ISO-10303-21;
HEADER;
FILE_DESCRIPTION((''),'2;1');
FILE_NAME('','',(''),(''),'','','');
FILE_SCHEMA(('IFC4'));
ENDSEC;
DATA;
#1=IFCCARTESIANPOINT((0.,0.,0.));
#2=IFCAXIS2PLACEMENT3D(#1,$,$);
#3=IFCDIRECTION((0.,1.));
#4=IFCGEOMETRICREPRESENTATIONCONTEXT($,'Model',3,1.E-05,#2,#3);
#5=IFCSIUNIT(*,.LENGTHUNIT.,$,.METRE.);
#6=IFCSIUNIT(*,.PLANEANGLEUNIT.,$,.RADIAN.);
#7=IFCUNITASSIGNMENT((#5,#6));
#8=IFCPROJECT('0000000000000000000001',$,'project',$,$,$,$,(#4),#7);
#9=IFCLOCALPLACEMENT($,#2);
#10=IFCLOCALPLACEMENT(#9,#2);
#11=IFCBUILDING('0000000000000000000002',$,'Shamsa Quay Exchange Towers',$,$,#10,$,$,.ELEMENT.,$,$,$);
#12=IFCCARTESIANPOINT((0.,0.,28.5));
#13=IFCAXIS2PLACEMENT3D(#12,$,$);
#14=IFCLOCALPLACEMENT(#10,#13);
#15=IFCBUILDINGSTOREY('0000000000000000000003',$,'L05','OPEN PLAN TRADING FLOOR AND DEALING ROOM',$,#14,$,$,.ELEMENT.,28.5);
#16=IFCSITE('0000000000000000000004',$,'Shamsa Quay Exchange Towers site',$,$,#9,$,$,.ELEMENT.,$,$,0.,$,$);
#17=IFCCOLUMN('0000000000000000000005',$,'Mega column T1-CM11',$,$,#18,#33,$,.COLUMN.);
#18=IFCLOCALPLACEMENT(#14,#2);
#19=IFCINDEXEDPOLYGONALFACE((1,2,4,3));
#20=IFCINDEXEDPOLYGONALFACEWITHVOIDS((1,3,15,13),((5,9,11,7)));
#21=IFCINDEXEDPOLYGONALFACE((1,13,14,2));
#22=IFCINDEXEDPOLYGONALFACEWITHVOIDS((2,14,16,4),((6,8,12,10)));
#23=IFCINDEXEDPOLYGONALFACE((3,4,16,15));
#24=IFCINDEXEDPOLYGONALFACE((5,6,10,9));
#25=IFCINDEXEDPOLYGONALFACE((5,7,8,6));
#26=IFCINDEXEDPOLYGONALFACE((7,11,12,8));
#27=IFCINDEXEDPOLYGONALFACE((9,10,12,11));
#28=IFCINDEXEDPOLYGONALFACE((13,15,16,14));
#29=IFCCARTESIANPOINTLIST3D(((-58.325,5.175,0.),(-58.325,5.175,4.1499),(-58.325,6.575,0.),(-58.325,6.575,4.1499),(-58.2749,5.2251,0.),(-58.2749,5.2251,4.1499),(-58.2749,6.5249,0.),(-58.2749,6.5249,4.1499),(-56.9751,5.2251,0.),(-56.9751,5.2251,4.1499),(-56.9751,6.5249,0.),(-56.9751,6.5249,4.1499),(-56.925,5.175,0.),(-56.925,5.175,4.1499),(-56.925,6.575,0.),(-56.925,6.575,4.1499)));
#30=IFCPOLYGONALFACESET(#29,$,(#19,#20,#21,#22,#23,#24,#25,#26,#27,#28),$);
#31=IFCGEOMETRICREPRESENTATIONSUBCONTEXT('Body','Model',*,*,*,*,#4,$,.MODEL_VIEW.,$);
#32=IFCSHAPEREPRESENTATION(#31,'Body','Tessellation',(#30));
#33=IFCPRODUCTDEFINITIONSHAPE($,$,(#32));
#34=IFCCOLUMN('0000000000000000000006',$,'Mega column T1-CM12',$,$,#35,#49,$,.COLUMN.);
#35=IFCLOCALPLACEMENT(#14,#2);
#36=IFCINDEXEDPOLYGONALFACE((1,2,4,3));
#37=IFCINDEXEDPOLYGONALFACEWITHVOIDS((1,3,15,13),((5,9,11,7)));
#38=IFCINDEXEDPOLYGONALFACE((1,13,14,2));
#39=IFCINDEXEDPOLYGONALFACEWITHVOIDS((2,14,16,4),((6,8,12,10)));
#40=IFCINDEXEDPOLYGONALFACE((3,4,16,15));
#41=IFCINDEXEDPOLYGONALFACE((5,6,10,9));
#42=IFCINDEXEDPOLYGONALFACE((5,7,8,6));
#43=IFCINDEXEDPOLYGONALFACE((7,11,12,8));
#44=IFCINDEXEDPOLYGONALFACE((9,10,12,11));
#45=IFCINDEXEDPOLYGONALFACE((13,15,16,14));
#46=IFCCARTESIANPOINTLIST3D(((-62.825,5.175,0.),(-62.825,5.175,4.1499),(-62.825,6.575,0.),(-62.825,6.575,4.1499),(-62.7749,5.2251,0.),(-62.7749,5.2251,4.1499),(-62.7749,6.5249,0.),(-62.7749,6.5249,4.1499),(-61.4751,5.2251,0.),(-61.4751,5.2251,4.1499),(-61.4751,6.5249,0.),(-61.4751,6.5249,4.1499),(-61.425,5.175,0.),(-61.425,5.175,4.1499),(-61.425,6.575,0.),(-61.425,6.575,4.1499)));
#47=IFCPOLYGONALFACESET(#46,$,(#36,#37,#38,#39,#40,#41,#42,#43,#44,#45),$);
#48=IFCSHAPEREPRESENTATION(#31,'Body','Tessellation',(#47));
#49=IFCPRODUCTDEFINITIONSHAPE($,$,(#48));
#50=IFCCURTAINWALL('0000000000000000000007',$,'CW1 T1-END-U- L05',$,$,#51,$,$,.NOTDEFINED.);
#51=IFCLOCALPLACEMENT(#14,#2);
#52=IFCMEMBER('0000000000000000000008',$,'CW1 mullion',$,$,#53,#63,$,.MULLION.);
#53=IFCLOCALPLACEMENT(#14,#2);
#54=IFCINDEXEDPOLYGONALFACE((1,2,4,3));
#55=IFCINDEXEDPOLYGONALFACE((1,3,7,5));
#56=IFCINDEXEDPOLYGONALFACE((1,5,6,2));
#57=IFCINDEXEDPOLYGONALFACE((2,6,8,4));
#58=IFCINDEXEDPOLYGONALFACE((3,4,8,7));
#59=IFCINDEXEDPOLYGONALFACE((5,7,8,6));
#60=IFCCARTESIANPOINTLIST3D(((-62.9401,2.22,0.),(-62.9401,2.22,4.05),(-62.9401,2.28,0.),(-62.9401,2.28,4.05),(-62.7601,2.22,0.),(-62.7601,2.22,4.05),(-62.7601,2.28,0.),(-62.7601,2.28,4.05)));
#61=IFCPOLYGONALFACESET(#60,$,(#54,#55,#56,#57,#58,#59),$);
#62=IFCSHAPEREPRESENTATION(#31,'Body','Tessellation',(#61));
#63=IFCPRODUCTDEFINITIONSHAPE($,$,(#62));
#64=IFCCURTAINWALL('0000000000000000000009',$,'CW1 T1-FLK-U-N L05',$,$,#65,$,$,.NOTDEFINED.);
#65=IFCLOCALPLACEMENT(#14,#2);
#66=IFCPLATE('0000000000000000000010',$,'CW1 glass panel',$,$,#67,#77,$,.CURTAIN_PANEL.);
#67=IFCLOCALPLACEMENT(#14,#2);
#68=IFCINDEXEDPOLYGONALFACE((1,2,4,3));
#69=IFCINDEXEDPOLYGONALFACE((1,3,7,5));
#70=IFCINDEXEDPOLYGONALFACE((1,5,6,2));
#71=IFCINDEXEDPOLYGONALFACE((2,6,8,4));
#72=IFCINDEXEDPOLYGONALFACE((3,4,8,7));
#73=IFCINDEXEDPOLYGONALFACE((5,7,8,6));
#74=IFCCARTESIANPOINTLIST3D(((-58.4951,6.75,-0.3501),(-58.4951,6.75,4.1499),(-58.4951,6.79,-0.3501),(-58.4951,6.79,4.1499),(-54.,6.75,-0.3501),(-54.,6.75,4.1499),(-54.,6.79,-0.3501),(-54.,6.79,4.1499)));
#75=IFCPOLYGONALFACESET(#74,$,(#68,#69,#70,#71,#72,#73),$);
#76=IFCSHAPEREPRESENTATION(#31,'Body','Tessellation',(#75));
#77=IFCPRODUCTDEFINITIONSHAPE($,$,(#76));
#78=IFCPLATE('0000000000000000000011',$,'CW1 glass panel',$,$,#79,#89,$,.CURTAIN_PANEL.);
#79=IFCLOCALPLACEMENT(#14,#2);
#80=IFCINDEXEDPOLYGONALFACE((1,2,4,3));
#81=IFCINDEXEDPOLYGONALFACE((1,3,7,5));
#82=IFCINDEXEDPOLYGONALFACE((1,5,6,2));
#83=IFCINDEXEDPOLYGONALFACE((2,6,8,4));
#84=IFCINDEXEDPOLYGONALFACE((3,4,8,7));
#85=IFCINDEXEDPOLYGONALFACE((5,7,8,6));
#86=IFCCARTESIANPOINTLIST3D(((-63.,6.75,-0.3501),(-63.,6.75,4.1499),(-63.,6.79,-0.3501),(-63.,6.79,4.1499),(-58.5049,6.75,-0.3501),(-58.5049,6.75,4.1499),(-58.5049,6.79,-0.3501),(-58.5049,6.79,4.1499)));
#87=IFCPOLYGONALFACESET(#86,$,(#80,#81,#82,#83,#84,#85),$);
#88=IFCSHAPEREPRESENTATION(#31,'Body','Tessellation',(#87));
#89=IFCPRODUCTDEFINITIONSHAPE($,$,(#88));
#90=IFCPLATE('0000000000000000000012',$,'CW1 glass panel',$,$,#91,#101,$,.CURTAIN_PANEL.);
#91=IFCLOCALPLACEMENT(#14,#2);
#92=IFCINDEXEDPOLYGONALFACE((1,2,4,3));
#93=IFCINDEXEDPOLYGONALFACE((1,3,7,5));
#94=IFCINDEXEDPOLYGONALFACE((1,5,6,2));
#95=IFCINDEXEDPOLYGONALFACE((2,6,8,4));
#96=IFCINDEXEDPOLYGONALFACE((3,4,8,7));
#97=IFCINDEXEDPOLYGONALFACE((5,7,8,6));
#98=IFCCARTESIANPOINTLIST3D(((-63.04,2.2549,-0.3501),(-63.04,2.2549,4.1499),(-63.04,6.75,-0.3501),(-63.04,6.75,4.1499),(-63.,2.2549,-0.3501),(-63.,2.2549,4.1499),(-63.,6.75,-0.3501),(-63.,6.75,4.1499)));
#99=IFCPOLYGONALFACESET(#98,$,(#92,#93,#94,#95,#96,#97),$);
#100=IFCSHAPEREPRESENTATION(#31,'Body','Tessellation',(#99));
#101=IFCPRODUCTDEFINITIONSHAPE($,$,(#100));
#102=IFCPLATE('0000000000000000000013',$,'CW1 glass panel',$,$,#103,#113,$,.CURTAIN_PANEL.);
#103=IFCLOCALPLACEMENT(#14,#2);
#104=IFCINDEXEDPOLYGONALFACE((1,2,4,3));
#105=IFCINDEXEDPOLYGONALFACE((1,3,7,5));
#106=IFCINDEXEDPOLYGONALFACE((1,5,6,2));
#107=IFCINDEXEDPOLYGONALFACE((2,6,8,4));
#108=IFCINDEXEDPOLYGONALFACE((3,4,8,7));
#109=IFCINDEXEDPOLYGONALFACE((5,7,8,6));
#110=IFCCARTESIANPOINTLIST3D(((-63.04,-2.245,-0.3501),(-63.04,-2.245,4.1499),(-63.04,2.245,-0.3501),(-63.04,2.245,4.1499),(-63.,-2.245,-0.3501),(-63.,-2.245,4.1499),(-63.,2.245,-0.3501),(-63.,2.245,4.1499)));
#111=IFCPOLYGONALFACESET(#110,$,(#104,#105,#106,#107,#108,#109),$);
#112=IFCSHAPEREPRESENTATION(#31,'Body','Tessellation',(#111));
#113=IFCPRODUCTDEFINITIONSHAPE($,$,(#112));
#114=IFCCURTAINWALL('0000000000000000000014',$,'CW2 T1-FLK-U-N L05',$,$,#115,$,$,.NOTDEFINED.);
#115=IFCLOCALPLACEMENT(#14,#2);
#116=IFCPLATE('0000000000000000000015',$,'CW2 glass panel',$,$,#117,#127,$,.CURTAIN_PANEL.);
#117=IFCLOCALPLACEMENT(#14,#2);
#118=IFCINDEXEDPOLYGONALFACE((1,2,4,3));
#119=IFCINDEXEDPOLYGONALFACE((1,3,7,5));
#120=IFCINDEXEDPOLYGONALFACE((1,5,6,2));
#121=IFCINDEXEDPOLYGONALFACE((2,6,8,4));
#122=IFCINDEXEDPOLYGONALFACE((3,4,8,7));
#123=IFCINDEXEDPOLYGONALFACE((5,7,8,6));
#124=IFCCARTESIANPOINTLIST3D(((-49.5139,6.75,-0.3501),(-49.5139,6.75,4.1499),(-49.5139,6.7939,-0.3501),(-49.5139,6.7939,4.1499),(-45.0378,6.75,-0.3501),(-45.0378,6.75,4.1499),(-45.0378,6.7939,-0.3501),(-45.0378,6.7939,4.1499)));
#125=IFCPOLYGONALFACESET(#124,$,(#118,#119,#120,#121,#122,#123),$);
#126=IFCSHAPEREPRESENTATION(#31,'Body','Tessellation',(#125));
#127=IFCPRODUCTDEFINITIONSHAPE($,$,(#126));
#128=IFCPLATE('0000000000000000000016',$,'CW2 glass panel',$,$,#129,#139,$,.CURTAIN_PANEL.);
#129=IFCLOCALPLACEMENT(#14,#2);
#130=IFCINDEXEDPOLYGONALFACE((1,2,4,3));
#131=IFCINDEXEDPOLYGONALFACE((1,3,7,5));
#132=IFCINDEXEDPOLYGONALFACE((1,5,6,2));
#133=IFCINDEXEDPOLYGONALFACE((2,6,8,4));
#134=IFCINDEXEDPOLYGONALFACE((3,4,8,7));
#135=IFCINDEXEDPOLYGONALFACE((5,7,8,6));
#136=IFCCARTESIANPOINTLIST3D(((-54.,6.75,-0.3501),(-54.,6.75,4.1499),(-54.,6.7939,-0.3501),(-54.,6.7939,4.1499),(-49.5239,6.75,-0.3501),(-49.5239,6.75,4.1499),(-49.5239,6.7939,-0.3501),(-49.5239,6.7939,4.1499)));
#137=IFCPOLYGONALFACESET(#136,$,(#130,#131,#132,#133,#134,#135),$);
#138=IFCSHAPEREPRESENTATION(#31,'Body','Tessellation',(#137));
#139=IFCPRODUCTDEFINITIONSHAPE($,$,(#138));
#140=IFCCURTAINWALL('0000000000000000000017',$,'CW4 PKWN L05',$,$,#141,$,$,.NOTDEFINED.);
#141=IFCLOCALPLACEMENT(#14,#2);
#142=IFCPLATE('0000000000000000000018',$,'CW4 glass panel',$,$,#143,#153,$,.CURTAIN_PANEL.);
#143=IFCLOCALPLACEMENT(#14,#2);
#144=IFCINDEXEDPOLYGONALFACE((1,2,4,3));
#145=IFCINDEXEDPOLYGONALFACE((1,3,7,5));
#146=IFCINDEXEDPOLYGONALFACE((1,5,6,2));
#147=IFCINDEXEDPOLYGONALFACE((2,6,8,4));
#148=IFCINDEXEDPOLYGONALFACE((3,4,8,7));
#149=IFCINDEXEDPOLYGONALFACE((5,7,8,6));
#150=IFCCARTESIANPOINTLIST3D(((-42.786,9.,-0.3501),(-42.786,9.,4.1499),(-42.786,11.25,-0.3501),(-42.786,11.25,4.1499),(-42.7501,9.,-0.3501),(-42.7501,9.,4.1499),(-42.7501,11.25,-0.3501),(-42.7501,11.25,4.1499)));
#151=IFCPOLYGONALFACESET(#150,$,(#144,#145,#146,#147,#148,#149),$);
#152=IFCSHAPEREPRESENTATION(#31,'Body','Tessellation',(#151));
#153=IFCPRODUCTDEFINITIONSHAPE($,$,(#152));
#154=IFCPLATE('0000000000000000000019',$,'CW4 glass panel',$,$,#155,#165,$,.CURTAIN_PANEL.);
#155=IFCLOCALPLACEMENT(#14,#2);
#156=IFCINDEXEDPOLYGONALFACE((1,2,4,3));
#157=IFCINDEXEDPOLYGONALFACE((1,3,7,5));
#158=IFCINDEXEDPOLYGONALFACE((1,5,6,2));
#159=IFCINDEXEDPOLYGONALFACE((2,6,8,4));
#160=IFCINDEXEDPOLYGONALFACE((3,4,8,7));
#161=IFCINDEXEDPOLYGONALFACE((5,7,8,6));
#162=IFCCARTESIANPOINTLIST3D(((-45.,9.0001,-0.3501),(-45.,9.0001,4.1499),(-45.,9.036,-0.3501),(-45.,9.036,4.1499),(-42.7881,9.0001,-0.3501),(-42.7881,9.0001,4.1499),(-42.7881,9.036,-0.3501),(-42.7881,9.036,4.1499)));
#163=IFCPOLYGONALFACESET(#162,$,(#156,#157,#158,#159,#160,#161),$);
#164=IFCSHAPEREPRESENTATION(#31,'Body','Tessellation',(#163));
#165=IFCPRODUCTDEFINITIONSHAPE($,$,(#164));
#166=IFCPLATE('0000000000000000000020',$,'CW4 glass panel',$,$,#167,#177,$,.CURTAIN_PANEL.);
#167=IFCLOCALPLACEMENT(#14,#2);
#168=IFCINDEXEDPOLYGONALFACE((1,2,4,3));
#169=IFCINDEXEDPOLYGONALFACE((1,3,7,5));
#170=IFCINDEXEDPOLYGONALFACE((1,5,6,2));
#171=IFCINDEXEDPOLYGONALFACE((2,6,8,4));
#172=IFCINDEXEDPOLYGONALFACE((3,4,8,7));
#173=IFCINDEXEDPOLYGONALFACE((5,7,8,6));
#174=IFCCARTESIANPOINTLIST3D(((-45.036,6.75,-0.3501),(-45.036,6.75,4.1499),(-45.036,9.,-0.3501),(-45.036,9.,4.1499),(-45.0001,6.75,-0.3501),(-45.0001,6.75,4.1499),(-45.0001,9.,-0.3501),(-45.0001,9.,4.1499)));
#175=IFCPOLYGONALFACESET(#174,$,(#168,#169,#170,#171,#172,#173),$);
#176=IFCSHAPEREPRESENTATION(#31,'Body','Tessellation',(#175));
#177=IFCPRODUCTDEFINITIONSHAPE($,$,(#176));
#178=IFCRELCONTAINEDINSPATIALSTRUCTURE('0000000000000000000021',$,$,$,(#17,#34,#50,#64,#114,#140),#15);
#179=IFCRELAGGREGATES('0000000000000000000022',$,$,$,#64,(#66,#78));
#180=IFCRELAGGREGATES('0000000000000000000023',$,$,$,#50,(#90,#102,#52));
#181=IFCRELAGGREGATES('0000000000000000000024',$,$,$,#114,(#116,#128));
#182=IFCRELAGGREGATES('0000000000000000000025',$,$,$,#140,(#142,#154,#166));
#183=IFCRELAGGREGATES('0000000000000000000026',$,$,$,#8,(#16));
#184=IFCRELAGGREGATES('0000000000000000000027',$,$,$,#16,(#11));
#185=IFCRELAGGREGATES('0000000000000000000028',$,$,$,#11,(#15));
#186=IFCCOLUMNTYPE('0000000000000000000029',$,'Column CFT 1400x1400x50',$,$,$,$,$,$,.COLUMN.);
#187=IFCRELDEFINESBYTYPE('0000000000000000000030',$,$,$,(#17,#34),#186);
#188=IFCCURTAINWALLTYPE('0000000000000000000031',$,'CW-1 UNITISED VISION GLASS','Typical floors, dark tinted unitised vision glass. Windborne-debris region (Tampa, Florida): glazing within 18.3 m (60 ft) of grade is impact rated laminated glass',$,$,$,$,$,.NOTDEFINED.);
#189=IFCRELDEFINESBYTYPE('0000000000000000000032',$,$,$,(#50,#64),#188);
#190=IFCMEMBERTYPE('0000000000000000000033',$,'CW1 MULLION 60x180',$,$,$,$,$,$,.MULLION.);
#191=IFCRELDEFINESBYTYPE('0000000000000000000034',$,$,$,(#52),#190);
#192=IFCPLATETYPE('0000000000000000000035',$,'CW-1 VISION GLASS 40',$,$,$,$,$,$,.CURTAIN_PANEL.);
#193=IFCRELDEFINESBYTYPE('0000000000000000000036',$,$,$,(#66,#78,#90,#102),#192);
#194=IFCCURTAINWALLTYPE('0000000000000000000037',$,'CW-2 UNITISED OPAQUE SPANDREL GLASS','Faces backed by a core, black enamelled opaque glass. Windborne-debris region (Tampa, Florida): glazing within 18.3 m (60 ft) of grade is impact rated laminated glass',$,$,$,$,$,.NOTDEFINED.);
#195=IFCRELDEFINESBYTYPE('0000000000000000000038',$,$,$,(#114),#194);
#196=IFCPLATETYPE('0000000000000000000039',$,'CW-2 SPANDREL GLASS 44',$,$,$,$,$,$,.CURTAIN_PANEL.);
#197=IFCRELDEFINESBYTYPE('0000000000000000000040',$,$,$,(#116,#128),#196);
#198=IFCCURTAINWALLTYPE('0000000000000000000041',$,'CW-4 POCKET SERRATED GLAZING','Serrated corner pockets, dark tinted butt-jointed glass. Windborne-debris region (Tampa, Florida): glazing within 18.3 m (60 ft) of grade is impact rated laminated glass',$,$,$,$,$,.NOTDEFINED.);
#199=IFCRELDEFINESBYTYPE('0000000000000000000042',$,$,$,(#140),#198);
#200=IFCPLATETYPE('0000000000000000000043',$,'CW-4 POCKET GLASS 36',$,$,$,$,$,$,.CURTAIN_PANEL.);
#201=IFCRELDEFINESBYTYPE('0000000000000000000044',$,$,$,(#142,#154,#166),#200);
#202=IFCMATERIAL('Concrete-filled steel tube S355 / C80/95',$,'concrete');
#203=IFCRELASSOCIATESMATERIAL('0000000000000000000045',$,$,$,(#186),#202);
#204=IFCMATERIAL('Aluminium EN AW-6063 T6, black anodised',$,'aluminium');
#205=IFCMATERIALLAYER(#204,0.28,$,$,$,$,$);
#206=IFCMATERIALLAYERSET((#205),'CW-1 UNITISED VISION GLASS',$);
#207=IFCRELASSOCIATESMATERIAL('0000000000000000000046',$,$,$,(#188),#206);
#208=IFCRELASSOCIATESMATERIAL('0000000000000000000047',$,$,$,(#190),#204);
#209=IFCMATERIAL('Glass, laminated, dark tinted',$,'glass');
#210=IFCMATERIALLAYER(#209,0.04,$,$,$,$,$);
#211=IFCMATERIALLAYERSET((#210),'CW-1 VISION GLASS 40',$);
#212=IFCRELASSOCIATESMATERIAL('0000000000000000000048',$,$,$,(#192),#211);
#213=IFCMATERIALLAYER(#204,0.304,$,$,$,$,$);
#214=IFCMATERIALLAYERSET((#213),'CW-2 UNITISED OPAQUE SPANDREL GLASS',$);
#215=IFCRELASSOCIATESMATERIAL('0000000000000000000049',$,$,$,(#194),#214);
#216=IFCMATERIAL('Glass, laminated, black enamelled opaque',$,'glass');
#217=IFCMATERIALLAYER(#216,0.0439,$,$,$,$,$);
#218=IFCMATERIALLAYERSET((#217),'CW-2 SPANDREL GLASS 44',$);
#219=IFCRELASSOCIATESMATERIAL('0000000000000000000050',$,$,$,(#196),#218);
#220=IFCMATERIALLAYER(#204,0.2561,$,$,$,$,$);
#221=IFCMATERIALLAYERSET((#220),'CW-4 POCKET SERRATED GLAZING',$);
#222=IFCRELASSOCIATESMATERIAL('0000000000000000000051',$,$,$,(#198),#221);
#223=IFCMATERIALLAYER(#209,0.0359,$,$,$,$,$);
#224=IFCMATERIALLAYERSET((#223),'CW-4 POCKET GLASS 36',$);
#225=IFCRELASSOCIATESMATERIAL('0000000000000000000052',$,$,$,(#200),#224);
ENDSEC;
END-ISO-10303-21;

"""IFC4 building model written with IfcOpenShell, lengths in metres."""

from ifc_helpers import new_model, si_unit, direction, frame, origin, origin_2d, place, context, subcontext, project, spatial, rectangle, hollow_rectangle, extrude, material, layer, layer_set, material_profile, profile_set, type_object, element, aggregate, save


model = new_model("IFC4")

# Units and contexts
model_context = context("Model", 3, precision=1e-05, world=origin(), true_north=direction((0.0, 1.0)))
body_context = subcontext(model_context, "Body", "Model", "MODEL_VIEW")
ifc_project = project(units=[si_unit("LENGTHUNIT", "METRE"), si_unit("PLANEANGLEUNIT", "RADIAN")], contexts=[model_context])

# Site, building, storey
site_placement = place(None, origin())
site = spatial("IfcSite", under=ifc_project, at=site_placement, Name="Shamsa Quay Exchange Towers site", CompositionType="ELEMENT", RefElevation=0.0)
building_placement = place(site_placement, origin())
building = spatial("IfcBuilding", under=site, at=building_placement, Name="Shamsa Quay Exchange Towers", CompositionType="ELEMENT")
storey_placement = place(building_placement, frame((0.0, 0.0, 28.5)))
storey = spatial("IfcBuildingStorey", under=building, at=storey_placement, Name="L05", Description="OPEN PLAN TRADING FLOOR AND DEALING ROOM", CompositionType="ELEMENT", Elevation=28.5)

# Columns
ifc_material_1 = material(Name="Concrete-filled steel tube S355 / C80/95", Category="concrete")
ifc_material_profile_1 = material_profile(ifc_material_1, hollow_rectangle(XDim=1.3999, YDim=1.3999, WallThickness=0.05, at=origin_2d()), Name="CFT 1400x1400x50")
ifc_profile_set_1 = profile_set([ifc_material_profile_1], Name="Concrete-filled steel tube S355 / C80/95")
column_type = type_object("IfcColumnType", Name="Column CFT 1400x1400x50", PredefinedType="COLUMN", material=ifc_profile_set_1)
for number, where, name in (
    (1, (-57.625, 5.875, 0.0), "Mega column T1-CM11"),
    (2, (-62.125, 5.875, 0.0), "Mega column T1-CM12"),
):
    element("IfcColumn", number, at=place(storey_placement, frame(where)), inside=storey, type_object=column_type, Name=name, PredefinedType="COLUMN", context=body_context, shape_type="SweptSolid", body=[
        extrude(hollow_rectangle(XDim=1.3999, YDim=1.3999, WallThickness=0.05, at=origin_2d()), origin(), (0.0, 0.0, 1.0), 4.1499),
    ])

# Curtain wall, member
ifc_material_2 = material(Name="Aluminium EN AW-6063 T6, black anodised", Category="aluminium")
ifc_layer_1 = layer(ifc_material_2, 0.28)
ifc_layer_set_1 = layer_set([ifc_layer_1], Name="CW-1 UNITISED VISION GLASS")
curtain_wall_type_1 = type_object("IfcCurtainWallType", Name="CW-1 UNITISED VISION GLASS", Description="Typical floors, dark tinted unitised vision glass. Windborne-debris region (Tampa, Florida): glazing within 18.3 m (60 ft) of grade is impact rated laminated glass", PredefinedType="NOTDEFINED", material=ifc_layer_set_1)
curtain_wall_1_placement = place(storey_placement, origin())
curtain_wall_1 = element("IfcCurtainWall", 3, at=curtain_wall_1_placement, inside=storey, type_object=curtain_wall_type_1, Name="CW1 T1-END-U- L05", PredefinedType="NOTDEFINED")
ifc_material_profile_2 = material_profile(ifc_material_2, rectangle(XDim=0.1799, YDim=0.0601, at=origin_2d()), Name="MU60x180")
ifc_profile_set_2 = profile_set([ifc_material_profile_2], Name="Aluminium EN AW-6063 T6, black anodised")
member_type = type_object("IfcMemberType", Name="CW1 MULLION 60x180", PredefinedType="MULLION", material=ifc_profile_set_2)
member_placement = place(storey_placement, frame((-62.8501, 2.25, 0.0)))
member = element("IfcMember", 4, at=member_placement, type_object=member_type, Name="CW1 mullion", PredefinedType="MULLION", context=body_context, shape_type="SweptSolid", body=[
    extrude(rectangle(XDim=0.1799, YDim=0.0601, at=origin_2d()), origin(), (0.0, 0.0, 1.0), 4.05),
])

# Curtain wall, plates
curtain_wall_2_placement = place(storey_placement, origin())
curtain_wall_2 = element("IfcCurtainWall", 5, at=curtain_wall_2_placement, inside=storey, type_object=curtain_wall_type_1, Name="CW1 T1-FLK-U-N L05", PredefinedType="NOTDEFINED")
ifc_material_3 = material(Name="Glass, laminated, dark tinted", Category="glass")
ifc_layer_2 = layer(ifc_material_3, 0.04)
ifc_layer_set_2 = layer_set([ifc_layer_2], Name="CW-1 VISION GLASS 40")
plate_type_1 = type_object("IfcPlateType", Name="CW-1 VISION GLASS 40", PredefinedType="CURTAIN_PANEL", material=ifc_layer_set_2)
plate_1_placement = place(storey_placement, frame((-56.2476, 6.77, -0.3501), z_axis=(0.0, 0.0, 1.0), x_axis=(-1.0, 0.0, 0.0)))
plate_1 = element("IfcPlate", 6, at=plate_1_placement, type_object=plate_type_1, Name="CW1 glass panel", PredefinedType="CURTAIN_PANEL", context=body_context, shape_type="SweptSolid", body=[
    extrude(rectangle(XDim=4.4951, YDim=0.04, at=origin_2d()), origin(), (0.0, 0.0, 1.0), 4.5),
])
plate_2_placement = place(storey_placement, frame((-60.7524, 6.77, -0.3501), z_axis=(0.0, 0.0, 1.0), x_axis=(-1.0, 0.0, 0.0)))
plate_2 = element("IfcPlate", 7, at=plate_2_placement, type_object=plate_type_1, Name="CW1 glass panel", PredefinedType="CURTAIN_PANEL", context=body_context, shape_type="SweptSolid", body=[
    extrude(rectangle(XDim=4.4951, YDim=0.04, at=origin_2d()), origin(), (0.0, 0.0, 1.0), 4.5),
])
aggregate(curtain_wall_2, [plate_1, plate_2])

# Plates
plate_3_placement = place(storey_placement, frame((-63.02, 4.5024, -0.3501), z_axis=(0.0, 0.0, 1.0), x_axis=(0.0, -1.0, 0.0)))
plate_3 = element("IfcPlate", 8, at=plate_3_placement, type_object=plate_type_1, Name="CW1 glass panel", PredefinedType="CURTAIN_PANEL", context=body_context, shape_type="SweptSolid", body=[
    extrude(rectangle(XDim=4.4951, YDim=0.04, at=origin_2d()), origin(), (0.0, 0.0, 1.0), 4.5),
])
plate_4_placement = place(storey_placement, frame((-63.02, 0.0, -0.3501), z_axis=(0.0, 0.0, 1.0), x_axis=(0.0, -1.0, 0.0)))
plate_4 = element("IfcPlate", 9, at=plate_4_placement, type_object=plate_type_1, Name="CW1 glass panel", PredefinedType="CURTAIN_PANEL", context=body_context, shape_type="SweptSolid", body=[
    extrude(rectangle(XDim=4.49, YDim=0.04, at=origin_2d()), origin(), (0.0, 0.0, 1.0), 4.5),
])
aggregate(curtain_wall_1, [plate_3, plate_4, member])

# Curtain walls, plates
ifc_layer_3 = layer(ifc_material_2, 0.304)
ifc_layer_set_3 = layer_set([ifc_layer_3], Name="CW-2 UNITISED OPAQUE SPANDREL GLASS")
curtain_wall_type_2 = type_object("IfcCurtainWallType", Name="CW-2 UNITISED OPAQUE SPANDREL GLASS", Description="Faces backed by a core, black enamelled opaque glass. Windborne-debris region (Tampa, Florida): glazing within 18.3 m (60 ft) of grade is impact rated laminated glass", PredefinedType="NOTDEFINED", material=ifc_layer_set_3)
curtain_wall_3_placement = place(storey_placement, origin())
curtain_wall_3 = element("IfcCurtainWall", 10, at=curtain_wall_3_placement, inside=storey, type_object=curtain_wall_type_2, Name="CW2 T1-FLK-U-N L05", PredefinedType="NOTDEFINED")
ifc_material_4 = material(Name="Glass, laminated, black enamelled opaque", Category="glass")
ifc_layer_4 = layer(ifc_material_4, 0.0439)
ifc_layer_set_4 = layer_set([ifc_layer_4], Name="CW-2 SPANDREL GLASS 44")
plate_type_2 = type_object("IfcPlateType", Name="CW-2 SPANDREL GLASS 44", PredefinedType="CURTAIN_PANEL", material=ifc_layer_set_4)
plate_5_placement = place(storey_placement, frame((-47.2759, 6.772, -0.3501), z_axis=(0.0, 0.0, 1.0), x_axis=(-1.0, 0.0, 0.0)))
plate_5 = element("IfcPlate", 11, at=plate_5_placement, type_object=plate_type_2, Name="CW2 glass panel", PredefinedType="CURTAIN_PANEL", context=body_context, shape_type="SweptSolid", body=[
    extrude(rectangle(XDim=4.4761, YDim=0.0439, at=origin_2d()), origin(), (0.0, 0.0, 1.0), 4.5),
])
plate_6_placement = place(storey_placement, frame((-51.762, 6.772, -0.3501), z_axis=(0.0, 0.0, 1.0), x_axis=(-1.0, 0.0, 0.0)))
plate_6 = element("IfcPlate", 12, at=plate_6_placement, type_object=plate_type_2, Name="CW2 glass panel", PredefinedType="CURTAIN_PANEL", context=body_context, shape_type="SweptSolid", body=[
    extrude(rectangle(XDim=4.4761, YDim=0.0439, at=origin_2d()), origin(), (0.0, 0.0, 1.0), 4.5),
])
aggregate(curtain_wall_3, [plate_5, plate_6])
ifc_layer_5 = layer(ifc_material_2, 0.2561)
ifc_layer_set_5 = layer_set([ifc_layer_5], Name="CW-4 POCKET SERRATED GLAZING")
curtain_wall_type_3 = type_object("IfcCurtainWallType", Name="CW-4 POCKET SERRATED GLAZING", Description="Serrated corner pockets, dark tinted butt-jointed glass. Windborne-debris region (Tampa, Florida): glazing within 18.3 m (60 ft) of grade is impact rated laminated glass", PredefinedType="NOTDEFINED", material=ifc_layer_set_5)
curtain_wall_4_placement = place(storey_placement, origin())
curtain_wall_4 = element("IfcCurtainWall", 13, at=curtain_wall_4_placement, inside=storey, type_object=curtain_wall_type_3, Name="CW4 PKWN L05", PredefinedType="NOTDEFINED")
ifc_layer_6 = layer(ifc_material_3, 0.0359)
ifc_layer_set_6 = layer_set([ifc_layer_6], Name="CW-4 POCKET GLASS 36")
plate_type_3 = type_object("IfcPlateType", Name="CW-4 POCKET GLASS 36", PredefinedType="CURTAIN_PANEL", material=ifc_layer_set_6)
plate_7_placement = place(storey_placement, frame((-42.7681, 10.125, -0.3501), z_axis=(0.0, 0.0, 1.0), x_axis=(0.0, -1.0, 0.0)))
plate_7 = element("IfcPlate", 14, at=plate_7_placement, type_object=plate_type_3, Name="CW4 glass panel", PredefinedType="CURTAIN_PANEL", context=body_context, shape_type="SweptSolid", body=[
    extrude(rectangle(XDim=2.25, YDim=0.0359, at=origin_2d()), origin(), (0.0, 0.0, 1.0), 4.5),
])
plate_8_placement = place(storey_placement, frame((-43.894, 9.0181, -0.3501), z_axis=(0.0, 0.0, 1.0), x_axis=(-1.0, 0.0, 0.0)))
plate_8 = element("IfcPlate", 15, at=plate_8_placement, type_object=plate_type_3, Name="CW4 glass panel", PredefinedType="CURTAIN_PANEL", context=body_context, shape_type="SweptSolid", body=[
    extrude(rectangle(XDim=2.2119, YDim=0.0359, at=origin_2d()), origin(), (0.0, 0.0, 1.0), 4.5),
])
plate_9_placement = place(storey_placement, frame((-45.0181, 7.875, -0.3501), z_axis=(0.0, 0.0, 1.0), x_axis=(0.0, -1.0, 0.0)))
plate_9 = element("IfcPlate", 16, at=plate_9_placement, type_object=plate_type_3, Name="CW4 glass panel", PredefinedType="CURTAIN_PANEL", context=body_context, shape_type="SweptSolid", body=[
    extrude(rectangle(XDim=2.25, YDim=0.0359, at=origin_2d()), origin(), (0.0, 0.0, 1.0), 4.5),
])
aggregate(curtain_wall_4, [plate_7, plate_8, plate_9])

save(model, "model.ifc")
